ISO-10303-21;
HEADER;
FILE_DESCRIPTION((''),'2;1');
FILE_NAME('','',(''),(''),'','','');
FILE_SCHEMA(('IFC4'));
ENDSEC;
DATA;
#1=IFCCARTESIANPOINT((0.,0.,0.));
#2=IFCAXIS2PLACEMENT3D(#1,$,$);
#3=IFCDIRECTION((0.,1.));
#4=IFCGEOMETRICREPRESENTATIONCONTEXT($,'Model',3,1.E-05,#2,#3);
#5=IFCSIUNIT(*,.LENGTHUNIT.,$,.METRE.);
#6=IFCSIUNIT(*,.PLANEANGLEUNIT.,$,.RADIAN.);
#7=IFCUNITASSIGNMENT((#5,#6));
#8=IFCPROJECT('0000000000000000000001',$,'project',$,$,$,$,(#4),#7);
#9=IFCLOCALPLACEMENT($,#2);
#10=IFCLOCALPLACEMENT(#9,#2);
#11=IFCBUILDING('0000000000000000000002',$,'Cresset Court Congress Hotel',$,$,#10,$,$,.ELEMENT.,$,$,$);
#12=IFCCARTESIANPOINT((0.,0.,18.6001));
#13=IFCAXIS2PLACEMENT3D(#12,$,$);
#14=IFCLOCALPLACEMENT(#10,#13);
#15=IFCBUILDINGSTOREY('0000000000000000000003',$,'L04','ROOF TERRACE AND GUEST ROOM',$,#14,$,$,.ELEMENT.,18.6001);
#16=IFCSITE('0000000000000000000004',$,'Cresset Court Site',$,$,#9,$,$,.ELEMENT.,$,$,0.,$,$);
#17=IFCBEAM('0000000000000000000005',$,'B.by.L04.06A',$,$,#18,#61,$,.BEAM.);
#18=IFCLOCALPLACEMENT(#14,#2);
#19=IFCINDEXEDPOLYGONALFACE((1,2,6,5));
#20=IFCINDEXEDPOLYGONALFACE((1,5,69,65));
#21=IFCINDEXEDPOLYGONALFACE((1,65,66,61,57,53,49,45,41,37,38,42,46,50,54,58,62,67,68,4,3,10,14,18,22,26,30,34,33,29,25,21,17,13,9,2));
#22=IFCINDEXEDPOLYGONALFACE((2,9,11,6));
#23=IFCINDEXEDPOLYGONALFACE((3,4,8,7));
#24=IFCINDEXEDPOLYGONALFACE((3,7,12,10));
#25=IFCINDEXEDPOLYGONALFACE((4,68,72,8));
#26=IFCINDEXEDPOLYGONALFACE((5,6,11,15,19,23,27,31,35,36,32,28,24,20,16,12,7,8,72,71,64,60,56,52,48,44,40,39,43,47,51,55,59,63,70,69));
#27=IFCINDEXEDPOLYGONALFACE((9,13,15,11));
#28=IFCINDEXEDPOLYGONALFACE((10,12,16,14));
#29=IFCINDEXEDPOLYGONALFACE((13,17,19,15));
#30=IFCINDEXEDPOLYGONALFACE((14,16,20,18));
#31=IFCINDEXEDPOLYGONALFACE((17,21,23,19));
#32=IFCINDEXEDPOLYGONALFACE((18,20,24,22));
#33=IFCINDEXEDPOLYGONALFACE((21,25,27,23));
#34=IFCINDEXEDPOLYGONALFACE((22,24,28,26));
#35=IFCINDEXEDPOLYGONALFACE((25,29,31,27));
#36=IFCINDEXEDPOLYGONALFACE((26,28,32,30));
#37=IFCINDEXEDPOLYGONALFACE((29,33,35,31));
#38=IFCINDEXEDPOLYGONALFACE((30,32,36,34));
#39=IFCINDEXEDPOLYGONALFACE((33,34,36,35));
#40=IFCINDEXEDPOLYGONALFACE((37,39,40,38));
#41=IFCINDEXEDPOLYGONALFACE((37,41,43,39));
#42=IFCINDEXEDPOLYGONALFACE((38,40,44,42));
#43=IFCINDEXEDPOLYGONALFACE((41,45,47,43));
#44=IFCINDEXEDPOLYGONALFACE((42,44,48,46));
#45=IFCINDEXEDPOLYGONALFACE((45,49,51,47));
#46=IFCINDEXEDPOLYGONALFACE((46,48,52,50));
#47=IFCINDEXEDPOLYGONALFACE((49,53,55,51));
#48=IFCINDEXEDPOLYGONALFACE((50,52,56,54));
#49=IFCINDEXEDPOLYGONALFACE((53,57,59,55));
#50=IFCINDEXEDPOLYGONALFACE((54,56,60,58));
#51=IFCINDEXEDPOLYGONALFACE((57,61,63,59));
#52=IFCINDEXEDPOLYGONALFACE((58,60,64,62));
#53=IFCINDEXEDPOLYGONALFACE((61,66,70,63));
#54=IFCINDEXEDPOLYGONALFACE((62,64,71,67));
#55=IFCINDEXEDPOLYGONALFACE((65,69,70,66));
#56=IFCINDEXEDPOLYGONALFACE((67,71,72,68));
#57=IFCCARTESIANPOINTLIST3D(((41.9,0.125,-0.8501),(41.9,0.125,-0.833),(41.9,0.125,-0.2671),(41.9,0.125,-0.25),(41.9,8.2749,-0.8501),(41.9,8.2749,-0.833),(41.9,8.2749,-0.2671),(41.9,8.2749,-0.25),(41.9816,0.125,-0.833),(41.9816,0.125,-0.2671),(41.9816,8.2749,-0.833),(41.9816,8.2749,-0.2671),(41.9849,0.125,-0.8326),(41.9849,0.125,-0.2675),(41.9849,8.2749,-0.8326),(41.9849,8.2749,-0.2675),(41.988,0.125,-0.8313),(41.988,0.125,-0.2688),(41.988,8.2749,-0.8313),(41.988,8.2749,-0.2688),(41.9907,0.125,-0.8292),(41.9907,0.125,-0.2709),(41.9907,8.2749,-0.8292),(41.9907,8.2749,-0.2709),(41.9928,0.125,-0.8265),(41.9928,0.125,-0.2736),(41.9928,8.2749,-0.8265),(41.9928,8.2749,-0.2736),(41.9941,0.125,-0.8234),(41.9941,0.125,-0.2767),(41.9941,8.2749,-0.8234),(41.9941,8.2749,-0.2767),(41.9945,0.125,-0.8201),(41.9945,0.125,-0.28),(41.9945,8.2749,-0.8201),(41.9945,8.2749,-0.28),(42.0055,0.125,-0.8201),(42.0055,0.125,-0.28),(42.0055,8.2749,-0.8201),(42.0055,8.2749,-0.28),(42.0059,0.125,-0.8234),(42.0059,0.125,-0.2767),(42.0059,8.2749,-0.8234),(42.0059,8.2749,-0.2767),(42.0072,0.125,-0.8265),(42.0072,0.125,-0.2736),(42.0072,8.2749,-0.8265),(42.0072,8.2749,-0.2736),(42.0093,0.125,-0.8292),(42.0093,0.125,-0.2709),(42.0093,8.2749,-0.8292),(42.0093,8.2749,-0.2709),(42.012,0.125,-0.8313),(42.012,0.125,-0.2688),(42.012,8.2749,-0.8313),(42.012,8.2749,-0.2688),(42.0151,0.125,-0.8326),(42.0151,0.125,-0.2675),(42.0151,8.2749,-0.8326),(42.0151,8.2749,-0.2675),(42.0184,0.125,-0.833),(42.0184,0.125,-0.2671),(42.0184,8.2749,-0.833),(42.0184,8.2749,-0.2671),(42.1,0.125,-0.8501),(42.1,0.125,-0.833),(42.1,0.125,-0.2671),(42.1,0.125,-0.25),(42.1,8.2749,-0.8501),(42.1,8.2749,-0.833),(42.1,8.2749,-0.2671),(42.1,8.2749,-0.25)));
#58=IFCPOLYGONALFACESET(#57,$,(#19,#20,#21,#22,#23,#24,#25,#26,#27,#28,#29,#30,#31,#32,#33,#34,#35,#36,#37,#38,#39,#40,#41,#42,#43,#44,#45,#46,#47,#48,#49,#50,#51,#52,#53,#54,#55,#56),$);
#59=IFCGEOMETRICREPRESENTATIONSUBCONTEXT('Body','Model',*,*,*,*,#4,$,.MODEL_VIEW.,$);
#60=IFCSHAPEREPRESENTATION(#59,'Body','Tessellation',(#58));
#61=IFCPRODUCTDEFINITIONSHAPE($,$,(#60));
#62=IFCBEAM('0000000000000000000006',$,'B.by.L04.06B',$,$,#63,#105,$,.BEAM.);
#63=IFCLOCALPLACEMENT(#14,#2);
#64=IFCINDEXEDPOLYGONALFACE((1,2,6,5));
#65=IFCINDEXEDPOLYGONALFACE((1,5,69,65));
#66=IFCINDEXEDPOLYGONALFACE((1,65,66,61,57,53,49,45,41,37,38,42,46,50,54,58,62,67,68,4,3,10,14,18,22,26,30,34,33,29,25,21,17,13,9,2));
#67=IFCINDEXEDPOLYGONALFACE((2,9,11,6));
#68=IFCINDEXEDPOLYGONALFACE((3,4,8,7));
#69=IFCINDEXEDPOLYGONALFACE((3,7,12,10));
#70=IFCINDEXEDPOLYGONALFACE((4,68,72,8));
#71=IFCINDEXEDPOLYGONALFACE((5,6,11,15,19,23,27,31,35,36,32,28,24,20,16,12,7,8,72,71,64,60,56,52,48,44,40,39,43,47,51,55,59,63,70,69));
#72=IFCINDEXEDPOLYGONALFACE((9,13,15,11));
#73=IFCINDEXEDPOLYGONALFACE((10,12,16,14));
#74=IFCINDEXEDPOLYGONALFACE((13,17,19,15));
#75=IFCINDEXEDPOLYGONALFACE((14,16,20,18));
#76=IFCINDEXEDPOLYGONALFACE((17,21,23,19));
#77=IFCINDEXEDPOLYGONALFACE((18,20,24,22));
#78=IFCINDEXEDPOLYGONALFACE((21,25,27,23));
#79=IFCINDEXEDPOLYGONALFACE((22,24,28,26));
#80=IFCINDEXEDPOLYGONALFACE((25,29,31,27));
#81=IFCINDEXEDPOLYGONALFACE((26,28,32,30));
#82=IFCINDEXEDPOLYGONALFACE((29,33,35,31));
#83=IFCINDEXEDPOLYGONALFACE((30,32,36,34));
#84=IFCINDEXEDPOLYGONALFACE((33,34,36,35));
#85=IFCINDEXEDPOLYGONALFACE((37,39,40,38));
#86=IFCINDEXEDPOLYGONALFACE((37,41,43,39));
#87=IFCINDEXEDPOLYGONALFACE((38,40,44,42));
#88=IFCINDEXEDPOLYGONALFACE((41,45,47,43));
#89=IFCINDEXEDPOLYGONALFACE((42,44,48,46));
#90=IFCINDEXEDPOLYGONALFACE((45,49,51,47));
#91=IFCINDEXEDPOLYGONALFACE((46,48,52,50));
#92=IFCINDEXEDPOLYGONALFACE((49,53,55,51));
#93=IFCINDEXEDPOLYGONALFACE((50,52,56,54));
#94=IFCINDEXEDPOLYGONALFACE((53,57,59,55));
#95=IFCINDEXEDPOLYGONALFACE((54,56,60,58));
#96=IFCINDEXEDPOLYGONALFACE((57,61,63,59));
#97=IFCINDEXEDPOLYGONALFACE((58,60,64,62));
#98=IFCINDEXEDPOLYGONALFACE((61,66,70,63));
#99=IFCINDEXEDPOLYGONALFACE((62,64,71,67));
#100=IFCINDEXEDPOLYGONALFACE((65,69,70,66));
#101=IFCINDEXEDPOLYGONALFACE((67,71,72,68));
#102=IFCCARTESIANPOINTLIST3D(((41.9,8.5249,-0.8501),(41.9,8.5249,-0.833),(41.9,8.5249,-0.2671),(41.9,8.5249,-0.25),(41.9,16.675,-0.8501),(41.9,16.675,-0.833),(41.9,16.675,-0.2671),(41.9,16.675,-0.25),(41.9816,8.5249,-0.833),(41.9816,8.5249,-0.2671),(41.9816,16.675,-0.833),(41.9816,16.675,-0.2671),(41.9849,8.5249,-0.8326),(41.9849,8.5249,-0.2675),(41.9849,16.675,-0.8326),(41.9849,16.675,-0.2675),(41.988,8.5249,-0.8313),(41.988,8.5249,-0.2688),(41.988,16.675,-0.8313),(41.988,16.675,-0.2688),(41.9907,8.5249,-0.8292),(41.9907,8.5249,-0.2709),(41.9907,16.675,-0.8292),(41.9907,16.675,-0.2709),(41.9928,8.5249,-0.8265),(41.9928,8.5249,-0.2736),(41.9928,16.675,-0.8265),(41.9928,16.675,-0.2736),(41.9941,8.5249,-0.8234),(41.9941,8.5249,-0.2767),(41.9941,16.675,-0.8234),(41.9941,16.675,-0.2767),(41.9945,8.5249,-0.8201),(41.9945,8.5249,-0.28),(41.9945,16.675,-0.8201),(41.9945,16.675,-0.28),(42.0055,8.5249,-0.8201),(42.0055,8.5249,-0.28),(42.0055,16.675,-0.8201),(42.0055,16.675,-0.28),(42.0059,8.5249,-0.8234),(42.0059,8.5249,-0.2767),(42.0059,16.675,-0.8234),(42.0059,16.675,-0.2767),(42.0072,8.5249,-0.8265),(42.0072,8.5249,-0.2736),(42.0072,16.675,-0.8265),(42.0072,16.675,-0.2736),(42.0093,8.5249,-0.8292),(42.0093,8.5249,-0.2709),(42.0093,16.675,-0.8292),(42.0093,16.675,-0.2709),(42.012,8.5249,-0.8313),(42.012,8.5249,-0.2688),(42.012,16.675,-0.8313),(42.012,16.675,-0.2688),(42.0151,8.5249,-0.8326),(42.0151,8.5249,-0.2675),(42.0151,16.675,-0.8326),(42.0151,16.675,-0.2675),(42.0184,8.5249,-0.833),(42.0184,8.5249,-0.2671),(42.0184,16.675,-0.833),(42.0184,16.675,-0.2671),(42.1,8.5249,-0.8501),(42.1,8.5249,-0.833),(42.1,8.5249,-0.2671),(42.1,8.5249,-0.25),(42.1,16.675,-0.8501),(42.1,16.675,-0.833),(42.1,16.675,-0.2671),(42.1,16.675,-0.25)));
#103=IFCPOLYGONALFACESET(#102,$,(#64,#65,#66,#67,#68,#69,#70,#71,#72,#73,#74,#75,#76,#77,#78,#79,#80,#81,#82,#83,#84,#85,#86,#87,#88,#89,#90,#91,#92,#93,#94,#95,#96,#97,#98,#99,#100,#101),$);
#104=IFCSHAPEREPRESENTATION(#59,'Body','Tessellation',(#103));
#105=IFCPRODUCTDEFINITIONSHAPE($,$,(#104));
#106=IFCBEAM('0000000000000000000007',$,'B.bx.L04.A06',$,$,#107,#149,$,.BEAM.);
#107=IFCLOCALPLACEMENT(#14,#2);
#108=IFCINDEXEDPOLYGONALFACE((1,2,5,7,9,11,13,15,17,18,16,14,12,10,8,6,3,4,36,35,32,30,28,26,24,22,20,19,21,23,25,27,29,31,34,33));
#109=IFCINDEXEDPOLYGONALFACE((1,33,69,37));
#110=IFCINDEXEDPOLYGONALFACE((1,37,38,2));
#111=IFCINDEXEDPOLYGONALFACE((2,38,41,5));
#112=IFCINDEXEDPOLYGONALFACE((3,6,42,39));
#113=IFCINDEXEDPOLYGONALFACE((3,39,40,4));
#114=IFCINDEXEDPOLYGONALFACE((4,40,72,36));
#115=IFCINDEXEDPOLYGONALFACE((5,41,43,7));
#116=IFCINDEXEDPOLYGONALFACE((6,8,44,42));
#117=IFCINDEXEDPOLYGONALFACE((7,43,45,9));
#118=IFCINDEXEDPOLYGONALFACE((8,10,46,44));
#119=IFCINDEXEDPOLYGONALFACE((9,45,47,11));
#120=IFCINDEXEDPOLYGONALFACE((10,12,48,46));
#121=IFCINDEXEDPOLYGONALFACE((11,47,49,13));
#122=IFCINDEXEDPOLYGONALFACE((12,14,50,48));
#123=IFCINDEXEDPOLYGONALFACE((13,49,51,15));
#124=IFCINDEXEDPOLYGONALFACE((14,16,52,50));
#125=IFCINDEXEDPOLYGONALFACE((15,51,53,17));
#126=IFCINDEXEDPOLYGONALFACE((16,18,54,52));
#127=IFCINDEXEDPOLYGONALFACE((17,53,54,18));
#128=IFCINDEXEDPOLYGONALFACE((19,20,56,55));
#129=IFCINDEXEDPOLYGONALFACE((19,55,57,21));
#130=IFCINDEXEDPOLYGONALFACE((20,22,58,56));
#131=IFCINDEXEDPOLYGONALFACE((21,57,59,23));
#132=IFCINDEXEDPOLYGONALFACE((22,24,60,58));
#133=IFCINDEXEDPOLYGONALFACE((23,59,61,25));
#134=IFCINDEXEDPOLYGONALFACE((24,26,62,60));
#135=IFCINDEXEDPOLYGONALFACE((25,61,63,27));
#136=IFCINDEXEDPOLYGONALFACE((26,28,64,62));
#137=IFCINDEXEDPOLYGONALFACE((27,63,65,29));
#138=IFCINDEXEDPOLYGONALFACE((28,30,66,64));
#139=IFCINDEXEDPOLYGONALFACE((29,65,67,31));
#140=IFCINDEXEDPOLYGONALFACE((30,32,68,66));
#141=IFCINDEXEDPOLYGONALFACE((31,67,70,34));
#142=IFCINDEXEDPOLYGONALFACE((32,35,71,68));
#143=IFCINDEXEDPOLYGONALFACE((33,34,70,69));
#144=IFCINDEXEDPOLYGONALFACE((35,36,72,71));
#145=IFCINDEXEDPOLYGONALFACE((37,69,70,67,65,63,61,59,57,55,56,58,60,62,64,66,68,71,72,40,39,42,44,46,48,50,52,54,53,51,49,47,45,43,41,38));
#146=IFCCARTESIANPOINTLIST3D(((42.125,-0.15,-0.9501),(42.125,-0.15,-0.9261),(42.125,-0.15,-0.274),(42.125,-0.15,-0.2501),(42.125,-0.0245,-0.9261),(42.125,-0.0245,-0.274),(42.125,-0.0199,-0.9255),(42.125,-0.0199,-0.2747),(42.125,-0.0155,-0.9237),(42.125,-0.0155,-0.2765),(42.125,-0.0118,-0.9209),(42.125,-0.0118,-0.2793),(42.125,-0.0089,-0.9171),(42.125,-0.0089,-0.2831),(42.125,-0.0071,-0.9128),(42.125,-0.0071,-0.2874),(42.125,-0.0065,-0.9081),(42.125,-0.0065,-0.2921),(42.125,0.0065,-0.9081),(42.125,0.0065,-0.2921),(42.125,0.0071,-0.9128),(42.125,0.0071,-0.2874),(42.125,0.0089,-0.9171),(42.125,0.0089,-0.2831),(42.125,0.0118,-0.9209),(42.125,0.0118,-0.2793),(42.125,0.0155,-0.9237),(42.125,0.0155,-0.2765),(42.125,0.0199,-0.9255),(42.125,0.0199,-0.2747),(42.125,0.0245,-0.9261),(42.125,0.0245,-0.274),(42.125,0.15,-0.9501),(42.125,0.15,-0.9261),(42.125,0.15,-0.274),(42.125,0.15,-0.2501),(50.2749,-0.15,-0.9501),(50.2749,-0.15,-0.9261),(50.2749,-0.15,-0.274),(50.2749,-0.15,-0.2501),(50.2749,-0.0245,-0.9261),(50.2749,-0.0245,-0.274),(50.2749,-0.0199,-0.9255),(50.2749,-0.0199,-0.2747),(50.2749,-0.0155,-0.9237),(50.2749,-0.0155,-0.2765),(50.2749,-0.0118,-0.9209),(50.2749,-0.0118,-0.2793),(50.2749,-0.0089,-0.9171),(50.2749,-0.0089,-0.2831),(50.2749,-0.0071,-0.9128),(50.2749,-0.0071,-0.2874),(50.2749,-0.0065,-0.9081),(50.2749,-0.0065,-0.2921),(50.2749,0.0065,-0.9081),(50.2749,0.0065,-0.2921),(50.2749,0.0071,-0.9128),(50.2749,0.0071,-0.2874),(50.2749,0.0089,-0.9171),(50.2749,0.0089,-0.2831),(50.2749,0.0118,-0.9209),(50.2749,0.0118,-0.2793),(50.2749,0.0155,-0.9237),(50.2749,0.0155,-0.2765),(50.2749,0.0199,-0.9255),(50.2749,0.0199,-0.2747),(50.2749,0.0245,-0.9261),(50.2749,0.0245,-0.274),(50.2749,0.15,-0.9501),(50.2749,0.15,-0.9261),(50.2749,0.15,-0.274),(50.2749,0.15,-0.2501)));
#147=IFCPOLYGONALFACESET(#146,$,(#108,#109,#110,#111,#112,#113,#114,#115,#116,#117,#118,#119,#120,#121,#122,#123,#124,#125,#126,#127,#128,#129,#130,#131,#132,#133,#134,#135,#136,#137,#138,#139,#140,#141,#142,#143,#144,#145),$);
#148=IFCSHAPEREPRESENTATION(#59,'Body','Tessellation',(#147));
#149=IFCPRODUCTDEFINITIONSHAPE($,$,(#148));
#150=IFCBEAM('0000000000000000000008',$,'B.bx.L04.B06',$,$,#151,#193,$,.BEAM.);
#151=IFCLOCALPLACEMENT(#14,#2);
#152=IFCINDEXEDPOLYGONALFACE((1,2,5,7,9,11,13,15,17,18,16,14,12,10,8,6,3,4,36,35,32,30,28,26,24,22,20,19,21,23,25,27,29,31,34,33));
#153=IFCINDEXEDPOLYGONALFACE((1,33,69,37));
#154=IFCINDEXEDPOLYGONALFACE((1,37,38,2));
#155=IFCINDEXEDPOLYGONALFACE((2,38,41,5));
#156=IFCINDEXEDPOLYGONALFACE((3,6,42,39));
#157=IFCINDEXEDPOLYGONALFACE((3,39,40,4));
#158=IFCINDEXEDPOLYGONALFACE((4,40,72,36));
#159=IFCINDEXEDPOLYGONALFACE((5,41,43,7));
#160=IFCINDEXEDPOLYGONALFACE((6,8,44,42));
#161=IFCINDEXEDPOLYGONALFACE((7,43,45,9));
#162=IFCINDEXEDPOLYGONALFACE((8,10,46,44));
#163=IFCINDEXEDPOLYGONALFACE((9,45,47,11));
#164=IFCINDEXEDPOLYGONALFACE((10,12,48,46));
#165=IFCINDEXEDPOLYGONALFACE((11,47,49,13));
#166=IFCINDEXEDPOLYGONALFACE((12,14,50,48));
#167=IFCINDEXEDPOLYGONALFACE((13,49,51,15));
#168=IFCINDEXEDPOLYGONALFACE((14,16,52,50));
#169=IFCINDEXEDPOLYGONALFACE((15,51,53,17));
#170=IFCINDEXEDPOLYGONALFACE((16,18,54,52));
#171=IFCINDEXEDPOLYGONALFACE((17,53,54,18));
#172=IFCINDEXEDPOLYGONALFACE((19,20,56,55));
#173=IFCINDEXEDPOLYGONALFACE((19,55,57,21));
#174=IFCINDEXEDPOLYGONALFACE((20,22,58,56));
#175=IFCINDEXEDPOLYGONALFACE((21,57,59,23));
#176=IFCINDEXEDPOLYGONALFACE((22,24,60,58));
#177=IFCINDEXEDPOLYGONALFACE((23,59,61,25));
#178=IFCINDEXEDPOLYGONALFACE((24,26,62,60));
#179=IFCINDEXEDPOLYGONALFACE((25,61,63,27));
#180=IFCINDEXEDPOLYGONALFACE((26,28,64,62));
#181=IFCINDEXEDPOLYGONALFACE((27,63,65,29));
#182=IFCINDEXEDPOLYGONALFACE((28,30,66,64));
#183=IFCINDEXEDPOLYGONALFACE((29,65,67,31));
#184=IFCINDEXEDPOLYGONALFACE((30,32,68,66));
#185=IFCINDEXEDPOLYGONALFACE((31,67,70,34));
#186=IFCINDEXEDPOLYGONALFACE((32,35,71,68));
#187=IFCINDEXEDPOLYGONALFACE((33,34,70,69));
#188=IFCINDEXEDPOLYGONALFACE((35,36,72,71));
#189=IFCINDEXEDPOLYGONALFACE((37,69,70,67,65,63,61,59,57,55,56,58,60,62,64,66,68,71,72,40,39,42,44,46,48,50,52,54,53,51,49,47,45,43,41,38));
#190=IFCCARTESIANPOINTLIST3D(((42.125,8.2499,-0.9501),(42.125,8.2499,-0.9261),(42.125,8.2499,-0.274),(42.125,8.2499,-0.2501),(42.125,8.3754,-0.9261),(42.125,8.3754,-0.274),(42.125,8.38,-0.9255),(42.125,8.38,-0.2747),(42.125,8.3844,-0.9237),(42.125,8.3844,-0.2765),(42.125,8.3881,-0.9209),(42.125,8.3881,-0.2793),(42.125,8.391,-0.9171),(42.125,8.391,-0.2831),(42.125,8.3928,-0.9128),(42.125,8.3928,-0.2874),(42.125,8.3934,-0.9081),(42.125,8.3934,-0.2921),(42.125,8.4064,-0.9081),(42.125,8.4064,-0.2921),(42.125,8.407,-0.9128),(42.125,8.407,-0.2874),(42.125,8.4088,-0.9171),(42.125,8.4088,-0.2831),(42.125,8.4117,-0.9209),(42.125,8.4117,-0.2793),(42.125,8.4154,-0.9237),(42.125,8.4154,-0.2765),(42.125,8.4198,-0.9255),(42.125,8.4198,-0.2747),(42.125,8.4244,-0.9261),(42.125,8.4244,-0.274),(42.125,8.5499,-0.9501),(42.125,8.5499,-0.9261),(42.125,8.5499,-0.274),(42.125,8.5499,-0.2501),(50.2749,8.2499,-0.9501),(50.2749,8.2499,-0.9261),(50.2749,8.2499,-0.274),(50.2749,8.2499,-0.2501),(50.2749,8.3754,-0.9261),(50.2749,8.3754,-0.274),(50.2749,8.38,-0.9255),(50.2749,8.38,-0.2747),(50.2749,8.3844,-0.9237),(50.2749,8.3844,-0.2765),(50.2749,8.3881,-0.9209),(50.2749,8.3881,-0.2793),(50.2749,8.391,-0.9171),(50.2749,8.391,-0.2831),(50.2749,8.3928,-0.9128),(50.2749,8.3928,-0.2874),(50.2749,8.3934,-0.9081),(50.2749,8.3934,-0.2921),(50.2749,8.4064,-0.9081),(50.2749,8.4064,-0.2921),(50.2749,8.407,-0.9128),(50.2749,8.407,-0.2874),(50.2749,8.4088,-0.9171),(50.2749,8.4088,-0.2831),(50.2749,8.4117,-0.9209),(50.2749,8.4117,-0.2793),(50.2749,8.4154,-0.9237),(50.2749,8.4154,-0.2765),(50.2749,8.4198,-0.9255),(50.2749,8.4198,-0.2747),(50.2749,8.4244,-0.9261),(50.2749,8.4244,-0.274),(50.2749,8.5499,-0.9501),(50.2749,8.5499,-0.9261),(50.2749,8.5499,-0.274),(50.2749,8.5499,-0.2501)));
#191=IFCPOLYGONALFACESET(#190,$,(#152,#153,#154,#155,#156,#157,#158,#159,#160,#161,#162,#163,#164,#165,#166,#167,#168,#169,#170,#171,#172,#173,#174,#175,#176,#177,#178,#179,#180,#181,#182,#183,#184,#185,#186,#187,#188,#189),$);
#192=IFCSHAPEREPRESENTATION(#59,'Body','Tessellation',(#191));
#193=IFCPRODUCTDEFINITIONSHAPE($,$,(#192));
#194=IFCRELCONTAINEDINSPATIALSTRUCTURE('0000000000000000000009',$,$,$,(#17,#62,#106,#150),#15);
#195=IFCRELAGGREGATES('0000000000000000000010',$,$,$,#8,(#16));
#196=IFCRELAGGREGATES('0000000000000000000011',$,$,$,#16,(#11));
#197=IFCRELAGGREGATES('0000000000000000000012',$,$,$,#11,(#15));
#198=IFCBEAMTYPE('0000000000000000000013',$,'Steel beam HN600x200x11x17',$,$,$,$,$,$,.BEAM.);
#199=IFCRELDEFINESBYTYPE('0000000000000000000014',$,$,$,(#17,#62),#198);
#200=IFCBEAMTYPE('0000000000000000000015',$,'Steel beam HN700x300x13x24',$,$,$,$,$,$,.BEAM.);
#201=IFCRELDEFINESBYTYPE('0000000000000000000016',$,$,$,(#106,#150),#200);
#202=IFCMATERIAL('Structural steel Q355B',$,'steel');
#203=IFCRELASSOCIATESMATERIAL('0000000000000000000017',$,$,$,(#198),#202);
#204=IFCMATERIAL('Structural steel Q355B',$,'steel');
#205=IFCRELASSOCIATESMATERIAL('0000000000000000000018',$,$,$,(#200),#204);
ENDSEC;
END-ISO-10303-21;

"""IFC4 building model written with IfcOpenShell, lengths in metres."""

from ifc_helpers import new_model, si_unit, direction, frame, origin, origin_2d, place, context, subcontext, project, spatial, i_section, extrude, material, material_profile, profile_set, type_object, element, save


model = new_model("IFC4")

# Units and contexts
model_context = context("Model", 3, precision=1e-05, world=origin(), true_north=direction((0.0, 1.0)))
body_context = subcontext(model_context, "Body", "Model", "MODEL_VIEW")
ifc_project = project(units=[si_unit("LENGTHUNIT", "METRE"), si_unit("PLANEANGLEUNIT", "RADIAN")], contexts=[model_context])

# Site, building, storey
site_placement = place(None, origin())
site = spatial("IfcSite", under=ifc_project, at=site_placement, Name="Cresset Court Site", CompositionType="ELEMENT", RefElevation=0.0)
building_placement = place(site_placement, origin())
building = spatial("IfcBuilding", under=site, at=building_placement, Name="Cresset Court Congress Hotel", CompositionType="ELEMENT")
storey_placement = place(building_placement, frame((0.0, 0.0, 18.6001)))
storey = spatial("IfcBuildingStorey", under=building, at=storey_placement, Name="L04", Description="ROOF TERRACE AND GUEST ROOM", CompositionType="ELEMENT", Elevation=18.6001)

# Beams
ifc_material_1 = material(Name="Structural steel Q355B", Category="steel")
ifc_material_profile_1 = material_profile(ifc_material_1, i_section(OverallWidth=0.2, OverallDepth=0.6001, WebThickness=0.011, FlangeThickness=0.0171, FilletRadius=0.0129, at=origin_2d()), Name="HN600x200x11x17")
ifc_profile_set_1 = profile_set([ifc_material_profile_1], Name="Structural steel Q355B")
beam_type_1 = type_object("IfcBeamType", Name="Steel beam HN600x200x11x17", PredefinedType="BEAM", material=ifc_profile_set_1)
beam_1_placement = place(storey_placement, frame((42.0, 0.125, -0.55), z_axis=(0.0, 1.0, 0.0), x_axis=(-1.0, 0.0, 0.0)))
element("IfcBeam", 1, at=beam_1_placement, inside=storey, type_object=beam_type_1, Name="B.by.L04.06A", PredefinedType="BEAM", context=body_context, shape_type="SweptSolid", body=[
    extrude(i_section(OverallWidth=0.2, OverallDepth=0.6001, WebThickness=0.011, FlangeThickness=0.0171, FilletRadius=0.0129, at=origin_2d()), origin(), (0.0, 0.0, 1.0), 8.1499),
])
beam_2_placement = place(storey_placement, frame((42.0, 8.5249, -0.55), z_axis=(0.0, 1.0, 0.0), x_axis=(-1.0, 0.0, 0.0)))
element("IfcBeam", 2, at=beam_2_placement, inside=storey, type_object=beam_type_1, Name="B.by.L04.06B", PredefinedType="BEAM", context=body_context, shape_type="SweptSolid", body=[
    extrude(i_section(OverallWidth=0.2, OverallDepth=0.6001, WebThickness=0.011, FlangeThickness=0.0171, FilletRadius=0.0129, at=origin_2d()), origin(), (0.0, 0.0, 1.0), 8.1501),
])
ifc_material_2 = material(Name="Structural steel Q355B", Category="steel")
ifc_material_profile_2 = material_profile(ifc_material_2, i_section(OverallWidth=0.3, OverallDepth=0.7, WebThickness=0.0129, FlangeThickness=0.0239, FilletRadius=0.0181, at=origin_2d()), Name="HN700x300x13x24")
ifc_profile_set_2 = profile_set([ifc_material_profile_2], Name="Structural steel Q355B")
beam_type_2 = type_object("IfcBeamType", Name="Steel beam HN700x300x13x24", PredefinedType="BEAM", material=ifc_profile_set_2)
for number, where, z_axis, x_axis, name in (
    (3, (42.125, 0.0, -0.6001), (1.0, 0.0, 0.0), (0.0, 1.0, 0.0), "B.bx.L04.A06"),
    (4, (42.125, 8.3999, -0.6001), (1.0, 0.0, 0.0), (0.0, 1.0, 0.0), "B.bx.L04.B06"),
):
    element("IfcBeam", number, at=place(storey_placement, frame(where, z_axis=z_axis, x_axis=x_axis)), inside=storey, type_object=beam_type_2, Name=name, PredefinedType="BEAM", context=body_context, shape_type="SweptSolid", body=[
        extrude(i_section(OverallWidth=0.3, OverallDepth=0.7, WebThickness=0.0129, FlangeThickness=0.0239, FilletRadius=0.0181, at=origin_2d()), origin(), (0.0, 0.0, 1.0), 8.1499),
    ])

save(model, "model.ifc")
